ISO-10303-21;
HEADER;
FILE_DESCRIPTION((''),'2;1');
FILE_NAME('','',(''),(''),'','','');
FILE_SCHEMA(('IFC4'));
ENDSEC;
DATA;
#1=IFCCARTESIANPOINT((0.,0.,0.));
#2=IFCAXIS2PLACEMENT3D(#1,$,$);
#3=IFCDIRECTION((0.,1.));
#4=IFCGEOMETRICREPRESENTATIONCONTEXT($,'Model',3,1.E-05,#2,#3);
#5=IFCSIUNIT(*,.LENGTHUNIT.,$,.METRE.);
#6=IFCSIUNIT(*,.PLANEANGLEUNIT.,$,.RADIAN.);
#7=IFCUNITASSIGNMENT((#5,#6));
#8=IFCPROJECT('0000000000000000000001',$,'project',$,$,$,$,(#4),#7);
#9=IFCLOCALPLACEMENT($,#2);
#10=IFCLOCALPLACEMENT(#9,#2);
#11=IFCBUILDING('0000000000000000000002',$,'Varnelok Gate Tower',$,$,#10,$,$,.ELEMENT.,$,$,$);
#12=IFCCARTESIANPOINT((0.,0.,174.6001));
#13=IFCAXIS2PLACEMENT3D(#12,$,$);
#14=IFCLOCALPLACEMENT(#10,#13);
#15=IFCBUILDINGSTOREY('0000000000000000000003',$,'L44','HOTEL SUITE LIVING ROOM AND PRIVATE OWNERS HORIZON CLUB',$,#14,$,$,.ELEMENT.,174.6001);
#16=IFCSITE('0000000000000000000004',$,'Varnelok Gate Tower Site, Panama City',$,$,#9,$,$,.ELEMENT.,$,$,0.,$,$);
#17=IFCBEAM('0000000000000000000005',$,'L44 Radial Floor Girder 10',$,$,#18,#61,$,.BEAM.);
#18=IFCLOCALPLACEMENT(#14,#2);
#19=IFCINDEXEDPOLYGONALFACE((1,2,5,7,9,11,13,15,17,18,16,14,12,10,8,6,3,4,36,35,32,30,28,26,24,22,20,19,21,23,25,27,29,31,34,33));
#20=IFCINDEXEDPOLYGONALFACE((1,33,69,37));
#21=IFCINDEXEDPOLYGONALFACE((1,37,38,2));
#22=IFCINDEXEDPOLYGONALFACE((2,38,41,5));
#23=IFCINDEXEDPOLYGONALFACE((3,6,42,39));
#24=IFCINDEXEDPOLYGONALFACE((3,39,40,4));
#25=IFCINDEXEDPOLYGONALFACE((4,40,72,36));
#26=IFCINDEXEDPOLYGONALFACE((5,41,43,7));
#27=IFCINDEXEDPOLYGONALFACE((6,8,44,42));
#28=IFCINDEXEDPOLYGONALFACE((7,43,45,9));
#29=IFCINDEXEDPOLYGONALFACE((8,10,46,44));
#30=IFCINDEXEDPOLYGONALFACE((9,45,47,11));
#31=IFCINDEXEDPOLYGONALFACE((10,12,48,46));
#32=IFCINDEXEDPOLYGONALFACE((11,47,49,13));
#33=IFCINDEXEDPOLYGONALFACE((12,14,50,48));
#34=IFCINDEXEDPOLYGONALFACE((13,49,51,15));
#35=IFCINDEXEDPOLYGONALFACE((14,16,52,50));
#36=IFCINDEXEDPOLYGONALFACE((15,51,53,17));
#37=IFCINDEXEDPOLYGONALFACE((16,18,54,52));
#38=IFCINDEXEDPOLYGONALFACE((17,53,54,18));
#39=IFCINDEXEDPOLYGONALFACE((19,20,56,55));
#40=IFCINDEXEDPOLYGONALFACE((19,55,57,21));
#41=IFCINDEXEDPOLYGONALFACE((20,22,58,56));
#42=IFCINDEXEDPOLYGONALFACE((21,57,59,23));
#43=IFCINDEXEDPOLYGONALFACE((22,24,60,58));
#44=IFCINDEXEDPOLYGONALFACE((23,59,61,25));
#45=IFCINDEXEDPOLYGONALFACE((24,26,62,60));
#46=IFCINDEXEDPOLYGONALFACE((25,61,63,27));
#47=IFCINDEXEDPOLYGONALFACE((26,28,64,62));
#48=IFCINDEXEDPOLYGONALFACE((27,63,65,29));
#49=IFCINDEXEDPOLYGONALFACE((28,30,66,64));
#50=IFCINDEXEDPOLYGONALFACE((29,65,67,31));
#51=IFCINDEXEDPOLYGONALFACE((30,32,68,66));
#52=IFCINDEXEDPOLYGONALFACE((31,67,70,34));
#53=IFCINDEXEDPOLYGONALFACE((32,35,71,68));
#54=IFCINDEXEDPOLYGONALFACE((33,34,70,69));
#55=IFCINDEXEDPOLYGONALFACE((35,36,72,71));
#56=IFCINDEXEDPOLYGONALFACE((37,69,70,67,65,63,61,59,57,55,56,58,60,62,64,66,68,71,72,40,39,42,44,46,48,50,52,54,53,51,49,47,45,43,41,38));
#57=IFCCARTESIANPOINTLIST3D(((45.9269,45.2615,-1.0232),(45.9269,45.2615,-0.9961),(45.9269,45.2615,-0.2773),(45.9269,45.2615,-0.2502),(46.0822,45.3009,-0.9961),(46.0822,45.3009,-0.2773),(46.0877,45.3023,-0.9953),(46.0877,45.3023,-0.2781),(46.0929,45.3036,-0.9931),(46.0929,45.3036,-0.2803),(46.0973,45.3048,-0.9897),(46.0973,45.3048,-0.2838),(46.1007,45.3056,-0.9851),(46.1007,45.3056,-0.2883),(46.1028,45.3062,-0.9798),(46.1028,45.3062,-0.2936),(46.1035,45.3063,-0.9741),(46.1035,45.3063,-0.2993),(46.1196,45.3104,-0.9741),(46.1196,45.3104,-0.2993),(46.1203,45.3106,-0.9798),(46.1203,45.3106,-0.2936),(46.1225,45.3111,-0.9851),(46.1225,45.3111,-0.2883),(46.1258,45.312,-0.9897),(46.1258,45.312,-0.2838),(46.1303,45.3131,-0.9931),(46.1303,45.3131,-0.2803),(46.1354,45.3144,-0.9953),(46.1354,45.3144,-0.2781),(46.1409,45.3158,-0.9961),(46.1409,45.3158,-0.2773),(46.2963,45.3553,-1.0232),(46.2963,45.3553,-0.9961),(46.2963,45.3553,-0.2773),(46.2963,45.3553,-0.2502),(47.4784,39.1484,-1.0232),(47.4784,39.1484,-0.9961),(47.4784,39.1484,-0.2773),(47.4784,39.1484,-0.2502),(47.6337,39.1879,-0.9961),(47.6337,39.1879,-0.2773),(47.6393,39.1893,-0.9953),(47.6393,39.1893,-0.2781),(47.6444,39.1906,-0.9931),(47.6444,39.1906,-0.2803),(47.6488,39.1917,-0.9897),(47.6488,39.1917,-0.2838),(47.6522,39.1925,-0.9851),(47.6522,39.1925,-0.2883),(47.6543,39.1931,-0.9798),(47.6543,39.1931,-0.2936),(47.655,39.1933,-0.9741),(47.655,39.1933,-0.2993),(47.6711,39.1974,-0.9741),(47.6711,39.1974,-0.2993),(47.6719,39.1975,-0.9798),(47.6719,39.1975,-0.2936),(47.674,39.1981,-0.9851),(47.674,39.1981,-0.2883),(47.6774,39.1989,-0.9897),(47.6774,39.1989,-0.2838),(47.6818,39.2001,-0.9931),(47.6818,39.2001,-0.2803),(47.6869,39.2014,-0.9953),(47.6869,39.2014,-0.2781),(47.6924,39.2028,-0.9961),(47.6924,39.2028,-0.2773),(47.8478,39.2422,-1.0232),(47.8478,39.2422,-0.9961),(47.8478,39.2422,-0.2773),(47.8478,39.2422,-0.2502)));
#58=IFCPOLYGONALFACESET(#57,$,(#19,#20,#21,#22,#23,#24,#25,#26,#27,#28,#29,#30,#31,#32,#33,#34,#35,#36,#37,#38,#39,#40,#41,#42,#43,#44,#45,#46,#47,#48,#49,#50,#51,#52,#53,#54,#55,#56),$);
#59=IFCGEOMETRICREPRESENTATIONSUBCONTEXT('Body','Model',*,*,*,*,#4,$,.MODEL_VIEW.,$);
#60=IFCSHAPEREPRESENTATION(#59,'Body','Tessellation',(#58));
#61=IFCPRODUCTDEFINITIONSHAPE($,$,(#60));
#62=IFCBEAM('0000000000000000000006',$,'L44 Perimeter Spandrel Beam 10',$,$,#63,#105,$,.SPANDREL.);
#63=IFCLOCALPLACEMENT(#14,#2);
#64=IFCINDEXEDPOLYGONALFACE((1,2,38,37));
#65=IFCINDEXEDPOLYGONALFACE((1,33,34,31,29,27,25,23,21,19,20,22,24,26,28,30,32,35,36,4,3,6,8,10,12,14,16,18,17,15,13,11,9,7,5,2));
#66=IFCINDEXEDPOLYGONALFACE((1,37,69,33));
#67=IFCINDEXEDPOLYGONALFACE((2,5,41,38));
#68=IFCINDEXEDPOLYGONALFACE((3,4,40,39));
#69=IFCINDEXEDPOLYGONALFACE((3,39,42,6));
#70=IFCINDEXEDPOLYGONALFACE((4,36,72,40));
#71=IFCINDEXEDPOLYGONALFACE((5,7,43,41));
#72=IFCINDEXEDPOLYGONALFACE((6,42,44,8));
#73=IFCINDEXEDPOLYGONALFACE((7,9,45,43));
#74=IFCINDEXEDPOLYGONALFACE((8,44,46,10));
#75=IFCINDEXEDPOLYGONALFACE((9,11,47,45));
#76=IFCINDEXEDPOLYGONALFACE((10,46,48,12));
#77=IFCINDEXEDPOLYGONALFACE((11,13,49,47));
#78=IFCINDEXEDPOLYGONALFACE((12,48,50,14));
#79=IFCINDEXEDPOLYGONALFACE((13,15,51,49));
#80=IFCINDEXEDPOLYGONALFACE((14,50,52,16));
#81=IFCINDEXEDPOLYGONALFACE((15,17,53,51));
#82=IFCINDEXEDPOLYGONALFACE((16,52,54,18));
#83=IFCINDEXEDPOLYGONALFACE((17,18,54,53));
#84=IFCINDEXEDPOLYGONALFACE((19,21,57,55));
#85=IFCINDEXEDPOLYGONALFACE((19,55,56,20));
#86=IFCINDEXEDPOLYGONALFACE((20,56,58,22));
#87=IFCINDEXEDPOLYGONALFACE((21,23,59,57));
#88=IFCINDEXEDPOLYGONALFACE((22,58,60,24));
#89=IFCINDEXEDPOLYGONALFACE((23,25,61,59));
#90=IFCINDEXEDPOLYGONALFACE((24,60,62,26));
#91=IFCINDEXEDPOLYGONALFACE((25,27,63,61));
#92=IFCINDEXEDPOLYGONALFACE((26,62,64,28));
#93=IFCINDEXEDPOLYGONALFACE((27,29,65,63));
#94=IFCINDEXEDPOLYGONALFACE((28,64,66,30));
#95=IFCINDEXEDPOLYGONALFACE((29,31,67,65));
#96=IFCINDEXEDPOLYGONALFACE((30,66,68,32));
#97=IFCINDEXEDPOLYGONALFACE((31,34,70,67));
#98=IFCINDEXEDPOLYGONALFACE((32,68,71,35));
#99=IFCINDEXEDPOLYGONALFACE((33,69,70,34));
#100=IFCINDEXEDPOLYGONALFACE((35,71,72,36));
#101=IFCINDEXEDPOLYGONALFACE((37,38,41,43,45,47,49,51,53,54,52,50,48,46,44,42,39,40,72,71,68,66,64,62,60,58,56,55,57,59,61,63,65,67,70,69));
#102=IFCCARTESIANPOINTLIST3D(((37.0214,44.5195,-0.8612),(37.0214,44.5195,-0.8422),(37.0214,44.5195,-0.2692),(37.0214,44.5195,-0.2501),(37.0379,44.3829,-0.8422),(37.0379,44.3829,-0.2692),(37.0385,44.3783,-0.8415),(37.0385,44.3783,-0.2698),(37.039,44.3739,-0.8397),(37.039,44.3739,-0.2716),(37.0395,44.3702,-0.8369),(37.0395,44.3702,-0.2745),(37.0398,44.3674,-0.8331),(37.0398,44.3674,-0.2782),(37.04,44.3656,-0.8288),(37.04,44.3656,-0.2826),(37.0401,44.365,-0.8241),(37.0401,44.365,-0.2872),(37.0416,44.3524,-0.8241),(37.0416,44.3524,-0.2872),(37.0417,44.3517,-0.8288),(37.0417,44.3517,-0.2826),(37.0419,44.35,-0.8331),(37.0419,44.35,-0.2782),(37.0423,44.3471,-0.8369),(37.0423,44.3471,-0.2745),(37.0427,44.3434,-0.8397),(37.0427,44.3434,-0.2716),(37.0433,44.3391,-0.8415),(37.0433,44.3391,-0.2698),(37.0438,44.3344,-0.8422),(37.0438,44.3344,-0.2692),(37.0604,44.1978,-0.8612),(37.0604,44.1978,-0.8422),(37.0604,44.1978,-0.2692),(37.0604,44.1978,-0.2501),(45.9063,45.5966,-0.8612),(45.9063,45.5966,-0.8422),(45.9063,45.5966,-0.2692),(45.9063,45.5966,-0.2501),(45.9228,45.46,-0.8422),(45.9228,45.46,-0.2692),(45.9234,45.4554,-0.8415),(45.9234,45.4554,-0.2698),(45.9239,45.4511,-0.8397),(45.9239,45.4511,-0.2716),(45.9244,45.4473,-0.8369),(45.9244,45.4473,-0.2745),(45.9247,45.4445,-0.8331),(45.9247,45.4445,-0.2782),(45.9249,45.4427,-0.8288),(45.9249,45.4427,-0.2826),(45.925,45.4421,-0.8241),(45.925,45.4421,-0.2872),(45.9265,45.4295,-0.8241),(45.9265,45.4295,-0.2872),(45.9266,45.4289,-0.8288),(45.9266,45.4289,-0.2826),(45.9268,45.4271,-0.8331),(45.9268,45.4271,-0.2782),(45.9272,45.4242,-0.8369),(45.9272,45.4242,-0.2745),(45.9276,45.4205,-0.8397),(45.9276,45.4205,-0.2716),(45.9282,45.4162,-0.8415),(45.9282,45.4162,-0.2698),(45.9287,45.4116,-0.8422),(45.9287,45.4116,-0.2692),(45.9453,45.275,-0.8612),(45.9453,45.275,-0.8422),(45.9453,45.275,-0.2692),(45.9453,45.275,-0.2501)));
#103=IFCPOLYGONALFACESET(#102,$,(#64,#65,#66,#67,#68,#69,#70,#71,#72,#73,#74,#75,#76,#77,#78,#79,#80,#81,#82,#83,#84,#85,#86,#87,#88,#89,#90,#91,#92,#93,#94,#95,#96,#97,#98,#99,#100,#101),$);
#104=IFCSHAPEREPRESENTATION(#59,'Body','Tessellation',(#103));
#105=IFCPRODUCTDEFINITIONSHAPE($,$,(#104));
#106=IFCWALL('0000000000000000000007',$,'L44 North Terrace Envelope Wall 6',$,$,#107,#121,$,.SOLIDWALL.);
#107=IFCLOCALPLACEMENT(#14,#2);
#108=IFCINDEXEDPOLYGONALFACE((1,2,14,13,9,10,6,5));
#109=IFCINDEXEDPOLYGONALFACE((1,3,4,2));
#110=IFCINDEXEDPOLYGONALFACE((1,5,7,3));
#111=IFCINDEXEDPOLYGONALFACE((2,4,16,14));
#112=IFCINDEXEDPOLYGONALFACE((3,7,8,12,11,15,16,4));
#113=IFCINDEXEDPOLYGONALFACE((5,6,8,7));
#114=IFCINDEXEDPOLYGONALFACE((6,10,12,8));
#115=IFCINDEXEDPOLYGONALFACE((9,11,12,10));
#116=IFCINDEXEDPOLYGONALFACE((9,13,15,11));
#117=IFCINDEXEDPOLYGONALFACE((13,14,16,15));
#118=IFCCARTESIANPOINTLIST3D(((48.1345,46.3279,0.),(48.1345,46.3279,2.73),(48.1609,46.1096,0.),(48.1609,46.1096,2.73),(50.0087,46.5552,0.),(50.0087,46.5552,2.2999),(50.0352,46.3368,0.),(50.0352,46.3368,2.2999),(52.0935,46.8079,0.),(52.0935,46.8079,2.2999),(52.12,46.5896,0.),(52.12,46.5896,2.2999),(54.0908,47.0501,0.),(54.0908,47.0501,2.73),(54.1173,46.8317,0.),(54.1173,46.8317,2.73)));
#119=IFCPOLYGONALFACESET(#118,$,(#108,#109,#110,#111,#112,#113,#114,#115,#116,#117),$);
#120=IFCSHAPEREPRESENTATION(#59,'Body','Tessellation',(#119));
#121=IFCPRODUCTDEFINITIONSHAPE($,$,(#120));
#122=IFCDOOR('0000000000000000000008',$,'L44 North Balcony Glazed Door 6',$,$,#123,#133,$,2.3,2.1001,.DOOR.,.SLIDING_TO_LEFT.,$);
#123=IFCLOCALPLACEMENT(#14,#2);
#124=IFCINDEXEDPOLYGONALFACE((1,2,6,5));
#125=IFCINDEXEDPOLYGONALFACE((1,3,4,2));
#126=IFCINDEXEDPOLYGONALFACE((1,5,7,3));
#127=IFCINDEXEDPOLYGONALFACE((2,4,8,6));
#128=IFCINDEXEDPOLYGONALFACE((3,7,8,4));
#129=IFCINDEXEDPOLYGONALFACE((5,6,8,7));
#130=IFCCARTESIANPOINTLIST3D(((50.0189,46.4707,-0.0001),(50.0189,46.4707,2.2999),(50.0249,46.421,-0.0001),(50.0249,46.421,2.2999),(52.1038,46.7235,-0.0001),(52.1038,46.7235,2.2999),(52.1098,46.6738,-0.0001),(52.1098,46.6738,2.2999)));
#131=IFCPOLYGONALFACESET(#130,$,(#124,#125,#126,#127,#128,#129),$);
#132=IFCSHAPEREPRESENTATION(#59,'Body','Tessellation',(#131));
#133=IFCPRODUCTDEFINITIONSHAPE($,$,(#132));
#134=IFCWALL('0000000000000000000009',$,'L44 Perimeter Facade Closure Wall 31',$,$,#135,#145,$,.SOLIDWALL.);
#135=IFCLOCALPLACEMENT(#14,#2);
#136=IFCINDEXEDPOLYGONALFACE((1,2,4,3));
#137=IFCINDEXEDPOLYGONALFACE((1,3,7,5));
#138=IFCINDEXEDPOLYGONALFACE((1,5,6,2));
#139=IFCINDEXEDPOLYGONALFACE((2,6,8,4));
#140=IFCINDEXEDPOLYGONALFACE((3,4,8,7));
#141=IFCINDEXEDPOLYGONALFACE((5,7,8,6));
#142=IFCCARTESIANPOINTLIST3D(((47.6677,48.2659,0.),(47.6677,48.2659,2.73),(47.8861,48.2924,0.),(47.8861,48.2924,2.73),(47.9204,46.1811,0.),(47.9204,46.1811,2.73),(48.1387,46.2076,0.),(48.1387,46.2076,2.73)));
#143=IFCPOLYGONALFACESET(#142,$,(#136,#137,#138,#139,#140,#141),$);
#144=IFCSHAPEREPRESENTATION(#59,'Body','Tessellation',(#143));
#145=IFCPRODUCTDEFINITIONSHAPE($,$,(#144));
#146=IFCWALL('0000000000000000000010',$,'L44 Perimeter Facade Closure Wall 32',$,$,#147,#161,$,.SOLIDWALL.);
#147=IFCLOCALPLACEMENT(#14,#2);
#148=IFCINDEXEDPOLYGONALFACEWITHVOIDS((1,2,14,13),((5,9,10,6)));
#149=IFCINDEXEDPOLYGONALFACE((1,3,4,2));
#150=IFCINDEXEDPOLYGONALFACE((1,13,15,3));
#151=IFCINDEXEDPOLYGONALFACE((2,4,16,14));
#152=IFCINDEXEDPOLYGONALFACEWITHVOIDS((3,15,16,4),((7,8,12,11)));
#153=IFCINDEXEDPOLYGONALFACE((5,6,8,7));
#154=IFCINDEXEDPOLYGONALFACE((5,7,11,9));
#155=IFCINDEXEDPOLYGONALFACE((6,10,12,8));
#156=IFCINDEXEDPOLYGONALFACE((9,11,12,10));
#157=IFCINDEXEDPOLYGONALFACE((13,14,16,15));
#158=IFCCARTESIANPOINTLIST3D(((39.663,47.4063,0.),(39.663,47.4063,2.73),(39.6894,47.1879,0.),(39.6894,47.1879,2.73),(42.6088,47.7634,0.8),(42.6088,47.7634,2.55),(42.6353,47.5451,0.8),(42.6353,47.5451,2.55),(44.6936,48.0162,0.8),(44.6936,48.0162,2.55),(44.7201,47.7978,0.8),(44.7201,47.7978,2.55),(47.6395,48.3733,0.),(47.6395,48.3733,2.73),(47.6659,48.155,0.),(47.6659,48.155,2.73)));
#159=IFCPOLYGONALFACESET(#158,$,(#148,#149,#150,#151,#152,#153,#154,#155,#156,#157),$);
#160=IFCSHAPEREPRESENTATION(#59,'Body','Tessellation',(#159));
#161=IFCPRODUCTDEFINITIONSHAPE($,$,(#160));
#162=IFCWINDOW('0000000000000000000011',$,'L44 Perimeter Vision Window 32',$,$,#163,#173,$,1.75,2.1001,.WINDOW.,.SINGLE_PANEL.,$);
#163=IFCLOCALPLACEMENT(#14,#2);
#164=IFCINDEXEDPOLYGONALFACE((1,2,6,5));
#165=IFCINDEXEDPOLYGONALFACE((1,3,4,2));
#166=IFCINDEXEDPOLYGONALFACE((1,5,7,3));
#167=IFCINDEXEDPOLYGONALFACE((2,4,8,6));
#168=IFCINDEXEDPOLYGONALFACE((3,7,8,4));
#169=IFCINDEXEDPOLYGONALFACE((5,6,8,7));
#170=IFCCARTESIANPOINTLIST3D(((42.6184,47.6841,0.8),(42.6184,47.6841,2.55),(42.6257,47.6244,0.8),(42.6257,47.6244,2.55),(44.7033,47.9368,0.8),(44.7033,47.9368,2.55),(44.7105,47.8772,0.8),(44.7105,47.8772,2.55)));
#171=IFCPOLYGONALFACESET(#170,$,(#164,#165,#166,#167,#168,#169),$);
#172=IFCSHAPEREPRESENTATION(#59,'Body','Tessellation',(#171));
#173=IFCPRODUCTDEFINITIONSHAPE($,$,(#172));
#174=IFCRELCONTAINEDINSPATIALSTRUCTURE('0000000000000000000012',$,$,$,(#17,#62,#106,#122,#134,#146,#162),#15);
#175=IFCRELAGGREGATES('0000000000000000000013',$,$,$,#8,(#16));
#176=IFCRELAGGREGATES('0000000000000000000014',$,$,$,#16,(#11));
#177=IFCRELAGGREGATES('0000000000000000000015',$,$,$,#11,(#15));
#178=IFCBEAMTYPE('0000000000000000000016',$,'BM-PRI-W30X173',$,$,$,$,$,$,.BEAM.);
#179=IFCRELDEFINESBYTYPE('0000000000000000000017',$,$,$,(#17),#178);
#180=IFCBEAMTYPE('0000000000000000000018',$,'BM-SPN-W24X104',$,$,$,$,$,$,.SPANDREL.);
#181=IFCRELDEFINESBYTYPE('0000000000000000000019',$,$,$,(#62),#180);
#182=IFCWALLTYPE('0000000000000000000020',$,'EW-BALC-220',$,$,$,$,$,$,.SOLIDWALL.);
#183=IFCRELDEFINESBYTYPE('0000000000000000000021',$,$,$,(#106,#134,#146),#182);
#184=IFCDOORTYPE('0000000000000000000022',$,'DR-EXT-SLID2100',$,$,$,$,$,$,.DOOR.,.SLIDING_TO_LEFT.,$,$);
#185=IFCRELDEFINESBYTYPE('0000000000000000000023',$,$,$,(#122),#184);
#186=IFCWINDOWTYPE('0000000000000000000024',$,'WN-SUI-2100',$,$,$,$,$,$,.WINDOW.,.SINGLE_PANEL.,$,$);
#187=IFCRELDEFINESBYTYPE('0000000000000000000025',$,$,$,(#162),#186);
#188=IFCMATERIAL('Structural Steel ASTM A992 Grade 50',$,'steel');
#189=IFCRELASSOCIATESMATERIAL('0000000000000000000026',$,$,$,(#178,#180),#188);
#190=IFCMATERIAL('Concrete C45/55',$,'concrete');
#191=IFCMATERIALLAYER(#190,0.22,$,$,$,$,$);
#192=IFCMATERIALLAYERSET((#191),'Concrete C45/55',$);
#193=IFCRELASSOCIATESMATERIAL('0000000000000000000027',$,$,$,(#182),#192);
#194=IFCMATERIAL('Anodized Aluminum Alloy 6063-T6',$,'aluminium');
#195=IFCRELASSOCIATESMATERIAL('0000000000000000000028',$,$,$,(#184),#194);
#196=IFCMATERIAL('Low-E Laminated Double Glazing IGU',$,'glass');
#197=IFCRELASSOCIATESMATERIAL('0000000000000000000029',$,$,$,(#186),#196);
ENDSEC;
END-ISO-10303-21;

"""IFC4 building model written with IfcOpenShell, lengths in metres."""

from ifc_helpers import new_model, si_unit, direction, frame, frame_2d, origin, origin_2d, place, context, subcontext, project, spatial, rectangle, i_section, extrude, material, layer, layer_set, material_profile, profile_set, type_object, element, fill, save


model = new_model("IFC4")

# Units and contexts
model_context = context("Model", 3, precision=1e-05, world=origin(), true_north=direction((0.0, 1.0)))
body_context = subcontext(model_context, "Body", "Model", "MODEL_VIEW")
ifc_project = project(units=[si_unit("LENGTHUNIT", "METRE"), si_unit("PLANEANGLEUNIT", "RADIAN")], contexts=[model_context])

# Site, building, storey
site_placement = place(None, origin())
site = spatial("IfcSite", under=ifc_project, at=site_placement, Name="Varnelok Gate Tower Site, Panama City", CompositionType="ELEMENT", RefElevation=0.0)
building_placement = place(site_placement, origin())
building = spatial("IfcBuilding", under=site, at=building_placement, Name="Varnelok Gate Tower", CompositionType="ELEMENT")
storey_placement = place(building_placement, frame((0.0, 0.0, 174.6001)))
storey = spatial("IfcBuildingStorey", under=building, at=storey_placement, Name="L44", Description="HOTEL SUITE LIVING ROOM AND PRIVATE OWNERS HORIZON CLUB", CompositionType="ELEMENT", Elevation=174.6001)

# Shared definitions
ifc_material_1 = material(Name="Structural Steel ASTM A992 Grade 50", Category="steel")

# Beams
ifc_material_profile_1 = material_profile(ifc_material_1, i_section(OverallWidth=0.3811, OverallDepth=0.7729, WebThickness=0.0166, FlangeThickness=0.0271, FilletRadius=0.022, at=origin_2d()), Name="W30X173")
ifc_profile_set_1 = profile_set([ifc_material_profile_1], Name="Structural Steel ASTM A992 Grade 50")
beam_type_1 = type_object("IfcBeamType", Name="BM-PRI-W30X173", PredefinedType="BEAM", material=ifc_profile_set_1)
beam_1_placement = place(storey_placement, frame((47.6631, 39.1953, -0.6367), z_axis=(-0.246004, 0.969269, 0.0), x_axis=(-0.969269, -0.246004, 0.0)))
element("IfcBeam", 1, at=beam_1_placement, inside=storey, type_object=beam_type_1, Name="L44 Radial Floor Girder 10", PredefinedType="BEAM", context=body_context, shape_type="SweptSolid", body=[
    extrude(i_section(OverallWidth=0.3811, OverallDepth=0.7729, WebThickness=0.0166, FlangeThickness=0.0271, FilletRadius=0.022, at=origin_2d()), origin(), (0.0, 0.0, 1.0), 6.3069),
])
ifc_material_profile_2 = material_profile(ifc_material_1, i_section(OverallWidth=0.324, OverallDepth=0.6111, WebThickness=0.0127, FlangeThickness=0.019, FilletRadius=0.0181, at=origin_2d()), Name="W24X104")
ifc_profile_set_2 = profile_set([ifc_material_profile_2], Name="Structural Steel ASTM A992 Grade 50")
beam_type_2 = type_object("IfcBeamType", Name="BM-SPN-W24X104", PredefinedType="SPANDREL", material=ifc_profile_set_2)
beam_2_placement = place(storey_placement, frame((45.9258, 45.4358, -0.5557), z_axis=(-0.992731, -0.120351, 0.0), x_axis=(0.120351, -0.992731, 0.0)))
element("IfcBeam", 2, at=beam_2_placement, inside=storey, type_object=beam_type_2, Name="L44 Perimeter Spandrel Beam 10", PredefinedType="SPANDREL", context=body_context, shape_type="SweptSolid", body=[
    extrude(i_section(OverallWidth=0.324, OverallDepth=0.6111, WebThickness=0.0127, FlangeThickness=0.019, FilletRadius=0.0181, at=origin_2d()), origin(), (0.0, 0.0, 1.0), 8.95),
])

# Wall, opening, door
ifc_material_2 = material(Name="Concrete C45/55", Category="concrete")
ifc_layer_1 = layer(ifc_material_2, 0.22)
ifc_layer_set_1 = layer_set([ifc_layer_1], Name="Concrete C45/55")
wall_type_1 = type_object("IfcWallType", Name="EW-BALC-220", PredefinedType="SOLIDWALL", material=ifc_layer_set_1)
wall_1_placement = place(storey_placement, frame((48.1477, 46.2188, 0.0), z_axis=(0.0, 0.0, 1.0), x_axis=(0.99273, 0.120363, 0.0)))
wall_1 = element("IfcWall", 3, at=wall_1_placement, inside=storey, type_object=wall_type_1, Name="L44 North Terrace Envelope Wall 6", PredefinedType="SOLIDWALL", context=body_context, shape_type="SweptSolid", body=[
    extrude(rectangle(XDim=6.0, YDim=0.22, at=frame_2d((3.0, 0.0))), origin(), (0.0, 0.0, 1.0), 2.73),
])
opening_1_placement = place(wall_1_placement, frame((1.8879, 0.0, 0.0)))
opening_1 = element("IfcOpeningElement", 4, at=opening_1_placement, cuts=wall_1, PredefinedType="OPENING", context=body_context, shape_type="SweptSolid", body=[
    extrude(rectangle(XDim=2.1001, YDim=2.3, at=frame_2d((1.05, 1.1499))), frame((0.0, 0.1199, 0.0), z_axis=(0.0, -1.0, 0.0), x_axis=(1.0, 0.0, 0.0)), (0.0, 0.0, 1.0), 0.24),
])
ifc_material_3 = material(Name="Anodized Aluminum Alloy 6063-T6", Category="aluminium")
door_type_1 = type_object("IfcDoorType", Name="DR-EXT-SLID2100", OperationType="SLIDING_TO_LEFT", PredefinedType="DOOR", material=ifc_material_3)
door_1_placement = place(opening_1_placement, origin())
door_1 = element("IfcDoor", 5, at=door_1_placement, inside=storey, type_object=door_type_1, Name="L44 North Balcony Glazed Door 6", OperationType="SLIDING_TO_LEFT", OverallHeight=2.3, OverallWidth=2.1001, PredefinedType="DOOR", context=body_context, shape_type="SweptSolid", body=[
    extrude(rectangle(XDim=2.1001, YDim=2.3, at=frame_2d((1.05, 1.1499))), frame((0.0, 0.0249, 0.0), z_axis=(0.0, -1.0, 0.0), x_axis=(1.0, 0.0, 0.0)), (0.0, 0.0, 1.0), 0.05),
])
fill(opening_1, door_1)

# Wall
wall_2_placement = place(storey_placement, frame((48.0295, 46.1943, 0.0), z_axis=(0.0, 0.0, 1.0), x_axis=(-0.120314, 0.992736, 0.0)))
element("IfcWall", 6, at=wall_2_placement, inside=storey, type_object=wall_type_1, Name="L44 Perimeter Facade Closure Wall 31", PredefinedType="SOLIDWALL", context=body_context, shape_type="SweptSolid", body=[
    extrude(rectangle(XDim=2.1001, YDim=0.22, at=frame_2d((1.05, 0.0))), origin(), (0.0, 0.0, 1.0), 2.73),
])

# Wall, opening, window
wall_3_placement = place(storey_placement, frame((47.6528, 48.2642, 0.0), z_axis=(0.0, 0.0, 1.0), x_axis=(-0.992731, -0.120354, 0.0)))
wall_3 = element("IfcWall", 7, at=wall_3_placement, inside=storey, type_object=wall_type_1, Name="L44 Perimeter Facade Closure Wall 32", PredefinedType="SOLIDWALL", context=body_context, shape_type="SweptSolid", body=[
    extrude(rectangle(XDim=8.0349, YDim=0.22, at=frame_2d((4.0176, 0.0))), origin(), (0.0, 0.0, 1.0), 2.73),
])
opening_2_placement = place(wall_3_placement, frame((2.9675, 0.0, 0.8)))
opening_2 = element("IfcOpeningElement", 8, at=opening_2_placement, cuts=wall_3, PredefinedType="OPENING", context=body_context, shape_type="SweptSolid", body=[
    extrude(rectangle(XDim=2.1001, YDim=1.75, at=frame_2d((1.05, 0.875))), frame((0.0, 0.1199, 0.0), z_axis=(0.0, -1.0, 0.0), x_axis=(1.0, 0.0, 0.0)), (0.0, 0.0, 1.0), 0.24),
])
ifc_material_4 = material(Name="Low-E Laminated Double Glazing IGU", Category="glass")
window_type = type_object("IfcWindowType", Name="WN-SUI-2100", PartitioningType="SINGLE_PANEL", PredefinedType="WINDOW", material=ifc_material_4)
window_placement = place(opening_2_placement, origin())
window = element("IfcWindow", 9, at=window_placement, inside=storey, type_object=window_type, Name="L44 Perimeter Vision Window 32", OverallHeight=1.75, OverallWidth=2.1001, PartitioningType="SINGLE_PANEL", PredefinedType="WINDOW", context=body_context, shape_type="SweptSolid", body=[
    extrude(rectangle(XDim=2.1001, YDim=1.75, at=frame_2d((1.05, 0.875))), frame((0.0, 0.03, 0.0), z_axis=(0.0, -1.0, 0.0), x_axis=(1.0, 0.0, 0.0)), (0.0, 0.0, 1.0), 0.0601),
])
fill(opening_2, window)

save(model, "model.ifc")
